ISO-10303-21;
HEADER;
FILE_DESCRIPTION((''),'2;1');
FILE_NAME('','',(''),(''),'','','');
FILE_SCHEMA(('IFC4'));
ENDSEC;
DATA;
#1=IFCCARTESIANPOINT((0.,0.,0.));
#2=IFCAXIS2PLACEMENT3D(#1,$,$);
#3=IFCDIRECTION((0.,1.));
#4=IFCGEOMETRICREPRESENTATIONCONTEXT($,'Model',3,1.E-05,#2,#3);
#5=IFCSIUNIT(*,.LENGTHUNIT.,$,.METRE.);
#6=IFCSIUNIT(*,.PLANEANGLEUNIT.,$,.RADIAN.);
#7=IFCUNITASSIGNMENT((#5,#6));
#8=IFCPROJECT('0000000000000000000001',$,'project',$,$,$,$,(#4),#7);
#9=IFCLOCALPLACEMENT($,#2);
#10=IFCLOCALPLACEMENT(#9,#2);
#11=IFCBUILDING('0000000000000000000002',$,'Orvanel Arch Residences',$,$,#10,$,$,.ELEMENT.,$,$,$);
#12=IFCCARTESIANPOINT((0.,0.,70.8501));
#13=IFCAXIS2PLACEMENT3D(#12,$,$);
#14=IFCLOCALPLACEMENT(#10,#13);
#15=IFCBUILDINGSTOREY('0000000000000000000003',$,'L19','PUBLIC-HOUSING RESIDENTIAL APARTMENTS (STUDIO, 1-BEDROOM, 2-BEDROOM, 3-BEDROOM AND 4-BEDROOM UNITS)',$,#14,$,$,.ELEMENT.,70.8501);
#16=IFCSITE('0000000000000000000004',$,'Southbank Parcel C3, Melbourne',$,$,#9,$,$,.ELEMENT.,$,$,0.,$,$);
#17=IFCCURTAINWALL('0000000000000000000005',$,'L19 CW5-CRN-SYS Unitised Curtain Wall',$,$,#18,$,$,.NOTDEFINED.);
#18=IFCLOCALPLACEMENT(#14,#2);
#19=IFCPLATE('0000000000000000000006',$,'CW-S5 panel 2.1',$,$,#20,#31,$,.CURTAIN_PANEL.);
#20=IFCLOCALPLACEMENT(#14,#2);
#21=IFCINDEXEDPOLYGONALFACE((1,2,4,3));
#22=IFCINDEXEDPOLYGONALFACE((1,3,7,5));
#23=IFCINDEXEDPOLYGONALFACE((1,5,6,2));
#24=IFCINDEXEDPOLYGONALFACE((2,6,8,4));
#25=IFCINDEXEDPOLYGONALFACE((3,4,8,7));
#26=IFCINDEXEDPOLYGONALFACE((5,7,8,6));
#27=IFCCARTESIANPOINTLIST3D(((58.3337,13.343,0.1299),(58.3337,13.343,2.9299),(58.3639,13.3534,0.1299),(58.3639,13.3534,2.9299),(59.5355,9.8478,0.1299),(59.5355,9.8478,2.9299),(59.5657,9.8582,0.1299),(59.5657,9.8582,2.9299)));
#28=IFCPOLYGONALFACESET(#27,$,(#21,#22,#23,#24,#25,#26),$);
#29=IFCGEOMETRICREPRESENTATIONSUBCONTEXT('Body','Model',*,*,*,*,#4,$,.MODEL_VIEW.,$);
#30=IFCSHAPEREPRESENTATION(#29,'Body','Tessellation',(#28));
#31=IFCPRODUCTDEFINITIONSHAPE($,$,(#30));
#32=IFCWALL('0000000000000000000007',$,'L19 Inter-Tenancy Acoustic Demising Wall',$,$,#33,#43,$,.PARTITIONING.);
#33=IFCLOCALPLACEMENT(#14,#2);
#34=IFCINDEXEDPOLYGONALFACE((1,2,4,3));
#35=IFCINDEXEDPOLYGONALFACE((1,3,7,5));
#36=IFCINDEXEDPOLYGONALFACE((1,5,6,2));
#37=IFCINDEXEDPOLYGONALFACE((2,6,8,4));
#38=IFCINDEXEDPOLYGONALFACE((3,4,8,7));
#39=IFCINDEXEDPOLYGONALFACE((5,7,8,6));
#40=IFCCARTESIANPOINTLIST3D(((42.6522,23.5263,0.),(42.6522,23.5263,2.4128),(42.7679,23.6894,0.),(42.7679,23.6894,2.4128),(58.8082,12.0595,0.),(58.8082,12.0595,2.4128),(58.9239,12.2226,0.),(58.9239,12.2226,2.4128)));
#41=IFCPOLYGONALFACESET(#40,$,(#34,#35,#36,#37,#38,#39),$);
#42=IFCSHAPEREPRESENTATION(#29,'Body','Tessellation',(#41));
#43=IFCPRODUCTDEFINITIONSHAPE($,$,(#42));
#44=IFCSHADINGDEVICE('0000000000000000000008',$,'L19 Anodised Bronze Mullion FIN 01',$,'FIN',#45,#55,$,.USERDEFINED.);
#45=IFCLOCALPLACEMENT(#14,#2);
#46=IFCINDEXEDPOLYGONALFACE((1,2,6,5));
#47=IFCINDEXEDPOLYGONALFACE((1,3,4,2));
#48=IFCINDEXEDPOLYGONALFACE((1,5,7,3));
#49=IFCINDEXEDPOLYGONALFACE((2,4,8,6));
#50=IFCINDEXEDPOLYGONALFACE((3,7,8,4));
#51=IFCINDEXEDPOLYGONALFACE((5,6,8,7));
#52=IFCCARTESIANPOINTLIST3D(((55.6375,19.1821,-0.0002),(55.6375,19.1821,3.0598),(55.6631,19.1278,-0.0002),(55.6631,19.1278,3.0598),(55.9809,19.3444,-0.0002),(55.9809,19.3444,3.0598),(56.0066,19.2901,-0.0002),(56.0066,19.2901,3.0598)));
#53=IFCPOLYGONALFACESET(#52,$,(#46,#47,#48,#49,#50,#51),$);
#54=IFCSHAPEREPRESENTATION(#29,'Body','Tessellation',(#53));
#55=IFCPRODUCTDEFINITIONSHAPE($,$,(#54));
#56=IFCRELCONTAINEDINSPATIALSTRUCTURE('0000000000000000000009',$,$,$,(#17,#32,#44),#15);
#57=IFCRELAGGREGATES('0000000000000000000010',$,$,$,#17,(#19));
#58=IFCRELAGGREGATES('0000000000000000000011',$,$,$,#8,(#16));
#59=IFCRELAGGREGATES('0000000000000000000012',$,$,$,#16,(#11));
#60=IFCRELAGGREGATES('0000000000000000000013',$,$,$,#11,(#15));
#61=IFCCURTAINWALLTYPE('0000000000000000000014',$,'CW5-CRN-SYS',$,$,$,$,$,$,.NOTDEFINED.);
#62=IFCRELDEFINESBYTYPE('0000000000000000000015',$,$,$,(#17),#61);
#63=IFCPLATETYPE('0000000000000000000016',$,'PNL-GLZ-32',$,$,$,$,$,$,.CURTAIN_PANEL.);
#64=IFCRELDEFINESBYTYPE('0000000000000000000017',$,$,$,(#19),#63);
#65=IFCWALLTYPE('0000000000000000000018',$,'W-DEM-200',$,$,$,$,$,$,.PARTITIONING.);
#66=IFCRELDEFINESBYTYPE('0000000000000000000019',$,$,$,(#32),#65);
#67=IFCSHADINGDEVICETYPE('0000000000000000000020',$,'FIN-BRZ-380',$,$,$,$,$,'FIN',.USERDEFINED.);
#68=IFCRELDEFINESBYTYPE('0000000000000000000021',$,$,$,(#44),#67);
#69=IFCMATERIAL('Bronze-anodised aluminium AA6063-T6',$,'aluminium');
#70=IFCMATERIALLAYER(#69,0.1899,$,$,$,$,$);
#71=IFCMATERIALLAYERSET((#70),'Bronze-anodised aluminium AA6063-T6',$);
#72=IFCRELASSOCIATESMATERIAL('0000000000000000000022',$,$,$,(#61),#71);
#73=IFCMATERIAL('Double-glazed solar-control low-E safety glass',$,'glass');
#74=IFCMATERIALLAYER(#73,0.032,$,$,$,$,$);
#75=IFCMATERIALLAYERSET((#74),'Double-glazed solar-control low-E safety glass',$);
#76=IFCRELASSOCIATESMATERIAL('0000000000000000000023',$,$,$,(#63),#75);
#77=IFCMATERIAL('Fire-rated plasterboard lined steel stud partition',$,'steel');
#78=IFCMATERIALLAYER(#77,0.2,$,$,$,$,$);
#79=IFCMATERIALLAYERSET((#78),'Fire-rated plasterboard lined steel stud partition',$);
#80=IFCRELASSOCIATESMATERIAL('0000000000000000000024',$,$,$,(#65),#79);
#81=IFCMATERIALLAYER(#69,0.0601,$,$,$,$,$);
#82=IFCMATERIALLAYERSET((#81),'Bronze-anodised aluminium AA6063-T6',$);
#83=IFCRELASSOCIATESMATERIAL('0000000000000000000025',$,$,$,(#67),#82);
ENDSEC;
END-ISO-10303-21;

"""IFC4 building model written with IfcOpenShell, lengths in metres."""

from ifc_helpers import new_model, si_unit, direction, frame, frame_2d, origin, origin_2d, place, context, subcontext, project, spatial, rectangle, extrude, material, layer, layer_set, type_object, element, aggregate, save


model = new_model("IFC4")

# Units and contexts
model_context = context("Model", 3, precision=1e-05, world=origin(), true_north=direction((0.0, 1.0)))
body_context = subcontext(model_context, "Body", "Model", "MODEL_VIEW")
ifc_project = project(units=[si_unit("LENGTHUNIT", "METRE"), si_unit("PLANEANGLEUNIT", "RADIAN")], contexts=[model_context])

# Site, building, storey
site_placement = place(None, origin())
site = spatial("IfcSite", under=ifc_project, at=site_placement, Name="Southbank Parcel C3, Melbourne", CompositionType="ELEMENT", RefElevation=0.0)
building_placement = place(site_placement, origin())
building = spatial("IfcBuilding", under=site, at=building_placement, Name="Orvanel Arch Residences", CompositionType="ELEMENT")
storey_placement = place(building_placement, frame((0.0, 0.0, 70.8501)))
storey = spatial("IfcBuildingStorey", under=building, at=storey_placement, Name="L19", Description="PUBLIC-HOUSING RESIDENTIAL APARTMENTS (STUDIO, 1-BEDROOM, 2-BEDROOM, 3-BEDROOM AND 4-BEDROOM UNITS)", CompositionType="ELEMENT", Elevation=70.8501)

# Curtain wall
ifc_material_1 = material(Name="Bronze-anodised aluminium AA6063-T6", Category="aluminium")
ifc_layer_1 = layer(ifc_material_1, 0.1899)
ifc_layer_set_1 = layer_set([ifc_layer_1], Name="Bronze-anodised aluminium AA6063-T6")
curtain_wall_type_1 = type_object("IfcCurtainWallType", Name="CW5-CRN-SYS", PredefinedType="NOTDEFINED", material=ifc_layer_set_1)
curtain_wall_1_placement = place(storey_placement, origin())
curtain_wall_1 = element("IfcCurtainWall", 1, at=curtain_wall_1_placement, inside=storey, type_object=curtain_wall_type_1, Name="L19 CW5-CRN-SYS Unitised Curtain Wall", PredefinedType="NOTDEFINED")

# Plate
ifc_material_2 = material(Name="Double-glazed solar-control low-E safety glass", Category="glass")
ifc_layer_2 = layer(ifc_material_2, 0.032)
ifc_layer_set_2 = layer_set([ifc_layer_2], Name="Double-glazed solar-control low-E safety glass")
plate_type_1 = type_object("IfcPlateType", Name="PNL-GLZ-32", PredefinedType="CURTAIN_PANEL", material=ifc_layer_set_2)
plate_1_placement = place(storey_placement, frame((58.9497, 11.6006, 0.1299), z_axis=(0.0, 0.0, 1.0), x_axis=(-0.325165, 0.945657, 0.0)))
plate_1 = element("IfcPlate", 2, at=plate_1_placement, type_object=plate_type_1, Name="CW-S5 panel 2.1", PredefinedType="CURTAIN_PANEL", context=body_context, shape_type="SweptSolid", body=[
    extrude(rectangle(XDim=3.696, YDim=0.032, at=origin_2d()), origin(), (0.0, 0.0, 1.0), 2.8),
])
aggregate(curtain_wall_1, [plate_1])

# Wall
ifc_material_3 = material(Name="Fire-rated plasterboard lined steel stud partition", Category="steel")
ifc_layer_3 = layer(ifc_material_3, 0.2)
ifc_layer_set_3 = layer_set([ifc_layer_3], Name="Fire-rated plasterboard lined steel stud partition")
wall_type = type_object("IfcWallType", Name="W-DEM-200", PredefinedType="PARTITIONING", material=ifc_layer_set_3)
wall_placement = place(storey_placement, frame((58.866, 12.1411, 0.0), z_axis=(0.0, 0.0, 1.0), x_axis=(-0.815478, 0.578789, 0.0)))
element("IfcWall", 3, at=wall_placement, inside=storey, type_object=wall_type, Name="L19 Inter-Tenancy Acoustic Demising Wall", PredefinedType="PARTITIONING", context=body_context, shape_type="SweptSolid", body=[
    extrude(rectangle(XDim=19.8118, YDim=0.2, at=frame_2d((9.9058, 0.0))), origin(), (0.0, 0.0, 1.0), 2.4128),
])

# Shading device
ifc_layer_4 = layer(ifc_material_1, 0.0601)
ifc_layer_set_4 = layer_set([ifc_layer_4], Name="Bronze-anodised aluminium AA6063-T6")
shading_device_type = type_object("IfcShadingDeviceType", Name="FIN-BRZ-380", ElementType="FIN", PredefinedType="USERDEFINED", material=ifc_layer_set_4)
shading_device_placement = place(storey_placement, frame((55.822, 19.2361, -0.0002), z_axis=(0.0, 0.0, 1.0), x_axis=(0.904083, 0.427358, 0.0)))
element("IfcShadingDevice", 4, at=shading_device_placement, inside=storey, type_object=shading_device_type, Name="L19 Anodised Bronze Mullion FIN 01", ObjectType="FIN", PredefinedType="USERDEFINED", context=body_context, shape_type="SweptSolid", body=[
    extrude(rectangle(XDim=0.3799, YDim=0.0601, at=origin_2d()), origin(), (0.0, 0.0, 1.0), 3.0601),
])

save(model, "model.ifc")
